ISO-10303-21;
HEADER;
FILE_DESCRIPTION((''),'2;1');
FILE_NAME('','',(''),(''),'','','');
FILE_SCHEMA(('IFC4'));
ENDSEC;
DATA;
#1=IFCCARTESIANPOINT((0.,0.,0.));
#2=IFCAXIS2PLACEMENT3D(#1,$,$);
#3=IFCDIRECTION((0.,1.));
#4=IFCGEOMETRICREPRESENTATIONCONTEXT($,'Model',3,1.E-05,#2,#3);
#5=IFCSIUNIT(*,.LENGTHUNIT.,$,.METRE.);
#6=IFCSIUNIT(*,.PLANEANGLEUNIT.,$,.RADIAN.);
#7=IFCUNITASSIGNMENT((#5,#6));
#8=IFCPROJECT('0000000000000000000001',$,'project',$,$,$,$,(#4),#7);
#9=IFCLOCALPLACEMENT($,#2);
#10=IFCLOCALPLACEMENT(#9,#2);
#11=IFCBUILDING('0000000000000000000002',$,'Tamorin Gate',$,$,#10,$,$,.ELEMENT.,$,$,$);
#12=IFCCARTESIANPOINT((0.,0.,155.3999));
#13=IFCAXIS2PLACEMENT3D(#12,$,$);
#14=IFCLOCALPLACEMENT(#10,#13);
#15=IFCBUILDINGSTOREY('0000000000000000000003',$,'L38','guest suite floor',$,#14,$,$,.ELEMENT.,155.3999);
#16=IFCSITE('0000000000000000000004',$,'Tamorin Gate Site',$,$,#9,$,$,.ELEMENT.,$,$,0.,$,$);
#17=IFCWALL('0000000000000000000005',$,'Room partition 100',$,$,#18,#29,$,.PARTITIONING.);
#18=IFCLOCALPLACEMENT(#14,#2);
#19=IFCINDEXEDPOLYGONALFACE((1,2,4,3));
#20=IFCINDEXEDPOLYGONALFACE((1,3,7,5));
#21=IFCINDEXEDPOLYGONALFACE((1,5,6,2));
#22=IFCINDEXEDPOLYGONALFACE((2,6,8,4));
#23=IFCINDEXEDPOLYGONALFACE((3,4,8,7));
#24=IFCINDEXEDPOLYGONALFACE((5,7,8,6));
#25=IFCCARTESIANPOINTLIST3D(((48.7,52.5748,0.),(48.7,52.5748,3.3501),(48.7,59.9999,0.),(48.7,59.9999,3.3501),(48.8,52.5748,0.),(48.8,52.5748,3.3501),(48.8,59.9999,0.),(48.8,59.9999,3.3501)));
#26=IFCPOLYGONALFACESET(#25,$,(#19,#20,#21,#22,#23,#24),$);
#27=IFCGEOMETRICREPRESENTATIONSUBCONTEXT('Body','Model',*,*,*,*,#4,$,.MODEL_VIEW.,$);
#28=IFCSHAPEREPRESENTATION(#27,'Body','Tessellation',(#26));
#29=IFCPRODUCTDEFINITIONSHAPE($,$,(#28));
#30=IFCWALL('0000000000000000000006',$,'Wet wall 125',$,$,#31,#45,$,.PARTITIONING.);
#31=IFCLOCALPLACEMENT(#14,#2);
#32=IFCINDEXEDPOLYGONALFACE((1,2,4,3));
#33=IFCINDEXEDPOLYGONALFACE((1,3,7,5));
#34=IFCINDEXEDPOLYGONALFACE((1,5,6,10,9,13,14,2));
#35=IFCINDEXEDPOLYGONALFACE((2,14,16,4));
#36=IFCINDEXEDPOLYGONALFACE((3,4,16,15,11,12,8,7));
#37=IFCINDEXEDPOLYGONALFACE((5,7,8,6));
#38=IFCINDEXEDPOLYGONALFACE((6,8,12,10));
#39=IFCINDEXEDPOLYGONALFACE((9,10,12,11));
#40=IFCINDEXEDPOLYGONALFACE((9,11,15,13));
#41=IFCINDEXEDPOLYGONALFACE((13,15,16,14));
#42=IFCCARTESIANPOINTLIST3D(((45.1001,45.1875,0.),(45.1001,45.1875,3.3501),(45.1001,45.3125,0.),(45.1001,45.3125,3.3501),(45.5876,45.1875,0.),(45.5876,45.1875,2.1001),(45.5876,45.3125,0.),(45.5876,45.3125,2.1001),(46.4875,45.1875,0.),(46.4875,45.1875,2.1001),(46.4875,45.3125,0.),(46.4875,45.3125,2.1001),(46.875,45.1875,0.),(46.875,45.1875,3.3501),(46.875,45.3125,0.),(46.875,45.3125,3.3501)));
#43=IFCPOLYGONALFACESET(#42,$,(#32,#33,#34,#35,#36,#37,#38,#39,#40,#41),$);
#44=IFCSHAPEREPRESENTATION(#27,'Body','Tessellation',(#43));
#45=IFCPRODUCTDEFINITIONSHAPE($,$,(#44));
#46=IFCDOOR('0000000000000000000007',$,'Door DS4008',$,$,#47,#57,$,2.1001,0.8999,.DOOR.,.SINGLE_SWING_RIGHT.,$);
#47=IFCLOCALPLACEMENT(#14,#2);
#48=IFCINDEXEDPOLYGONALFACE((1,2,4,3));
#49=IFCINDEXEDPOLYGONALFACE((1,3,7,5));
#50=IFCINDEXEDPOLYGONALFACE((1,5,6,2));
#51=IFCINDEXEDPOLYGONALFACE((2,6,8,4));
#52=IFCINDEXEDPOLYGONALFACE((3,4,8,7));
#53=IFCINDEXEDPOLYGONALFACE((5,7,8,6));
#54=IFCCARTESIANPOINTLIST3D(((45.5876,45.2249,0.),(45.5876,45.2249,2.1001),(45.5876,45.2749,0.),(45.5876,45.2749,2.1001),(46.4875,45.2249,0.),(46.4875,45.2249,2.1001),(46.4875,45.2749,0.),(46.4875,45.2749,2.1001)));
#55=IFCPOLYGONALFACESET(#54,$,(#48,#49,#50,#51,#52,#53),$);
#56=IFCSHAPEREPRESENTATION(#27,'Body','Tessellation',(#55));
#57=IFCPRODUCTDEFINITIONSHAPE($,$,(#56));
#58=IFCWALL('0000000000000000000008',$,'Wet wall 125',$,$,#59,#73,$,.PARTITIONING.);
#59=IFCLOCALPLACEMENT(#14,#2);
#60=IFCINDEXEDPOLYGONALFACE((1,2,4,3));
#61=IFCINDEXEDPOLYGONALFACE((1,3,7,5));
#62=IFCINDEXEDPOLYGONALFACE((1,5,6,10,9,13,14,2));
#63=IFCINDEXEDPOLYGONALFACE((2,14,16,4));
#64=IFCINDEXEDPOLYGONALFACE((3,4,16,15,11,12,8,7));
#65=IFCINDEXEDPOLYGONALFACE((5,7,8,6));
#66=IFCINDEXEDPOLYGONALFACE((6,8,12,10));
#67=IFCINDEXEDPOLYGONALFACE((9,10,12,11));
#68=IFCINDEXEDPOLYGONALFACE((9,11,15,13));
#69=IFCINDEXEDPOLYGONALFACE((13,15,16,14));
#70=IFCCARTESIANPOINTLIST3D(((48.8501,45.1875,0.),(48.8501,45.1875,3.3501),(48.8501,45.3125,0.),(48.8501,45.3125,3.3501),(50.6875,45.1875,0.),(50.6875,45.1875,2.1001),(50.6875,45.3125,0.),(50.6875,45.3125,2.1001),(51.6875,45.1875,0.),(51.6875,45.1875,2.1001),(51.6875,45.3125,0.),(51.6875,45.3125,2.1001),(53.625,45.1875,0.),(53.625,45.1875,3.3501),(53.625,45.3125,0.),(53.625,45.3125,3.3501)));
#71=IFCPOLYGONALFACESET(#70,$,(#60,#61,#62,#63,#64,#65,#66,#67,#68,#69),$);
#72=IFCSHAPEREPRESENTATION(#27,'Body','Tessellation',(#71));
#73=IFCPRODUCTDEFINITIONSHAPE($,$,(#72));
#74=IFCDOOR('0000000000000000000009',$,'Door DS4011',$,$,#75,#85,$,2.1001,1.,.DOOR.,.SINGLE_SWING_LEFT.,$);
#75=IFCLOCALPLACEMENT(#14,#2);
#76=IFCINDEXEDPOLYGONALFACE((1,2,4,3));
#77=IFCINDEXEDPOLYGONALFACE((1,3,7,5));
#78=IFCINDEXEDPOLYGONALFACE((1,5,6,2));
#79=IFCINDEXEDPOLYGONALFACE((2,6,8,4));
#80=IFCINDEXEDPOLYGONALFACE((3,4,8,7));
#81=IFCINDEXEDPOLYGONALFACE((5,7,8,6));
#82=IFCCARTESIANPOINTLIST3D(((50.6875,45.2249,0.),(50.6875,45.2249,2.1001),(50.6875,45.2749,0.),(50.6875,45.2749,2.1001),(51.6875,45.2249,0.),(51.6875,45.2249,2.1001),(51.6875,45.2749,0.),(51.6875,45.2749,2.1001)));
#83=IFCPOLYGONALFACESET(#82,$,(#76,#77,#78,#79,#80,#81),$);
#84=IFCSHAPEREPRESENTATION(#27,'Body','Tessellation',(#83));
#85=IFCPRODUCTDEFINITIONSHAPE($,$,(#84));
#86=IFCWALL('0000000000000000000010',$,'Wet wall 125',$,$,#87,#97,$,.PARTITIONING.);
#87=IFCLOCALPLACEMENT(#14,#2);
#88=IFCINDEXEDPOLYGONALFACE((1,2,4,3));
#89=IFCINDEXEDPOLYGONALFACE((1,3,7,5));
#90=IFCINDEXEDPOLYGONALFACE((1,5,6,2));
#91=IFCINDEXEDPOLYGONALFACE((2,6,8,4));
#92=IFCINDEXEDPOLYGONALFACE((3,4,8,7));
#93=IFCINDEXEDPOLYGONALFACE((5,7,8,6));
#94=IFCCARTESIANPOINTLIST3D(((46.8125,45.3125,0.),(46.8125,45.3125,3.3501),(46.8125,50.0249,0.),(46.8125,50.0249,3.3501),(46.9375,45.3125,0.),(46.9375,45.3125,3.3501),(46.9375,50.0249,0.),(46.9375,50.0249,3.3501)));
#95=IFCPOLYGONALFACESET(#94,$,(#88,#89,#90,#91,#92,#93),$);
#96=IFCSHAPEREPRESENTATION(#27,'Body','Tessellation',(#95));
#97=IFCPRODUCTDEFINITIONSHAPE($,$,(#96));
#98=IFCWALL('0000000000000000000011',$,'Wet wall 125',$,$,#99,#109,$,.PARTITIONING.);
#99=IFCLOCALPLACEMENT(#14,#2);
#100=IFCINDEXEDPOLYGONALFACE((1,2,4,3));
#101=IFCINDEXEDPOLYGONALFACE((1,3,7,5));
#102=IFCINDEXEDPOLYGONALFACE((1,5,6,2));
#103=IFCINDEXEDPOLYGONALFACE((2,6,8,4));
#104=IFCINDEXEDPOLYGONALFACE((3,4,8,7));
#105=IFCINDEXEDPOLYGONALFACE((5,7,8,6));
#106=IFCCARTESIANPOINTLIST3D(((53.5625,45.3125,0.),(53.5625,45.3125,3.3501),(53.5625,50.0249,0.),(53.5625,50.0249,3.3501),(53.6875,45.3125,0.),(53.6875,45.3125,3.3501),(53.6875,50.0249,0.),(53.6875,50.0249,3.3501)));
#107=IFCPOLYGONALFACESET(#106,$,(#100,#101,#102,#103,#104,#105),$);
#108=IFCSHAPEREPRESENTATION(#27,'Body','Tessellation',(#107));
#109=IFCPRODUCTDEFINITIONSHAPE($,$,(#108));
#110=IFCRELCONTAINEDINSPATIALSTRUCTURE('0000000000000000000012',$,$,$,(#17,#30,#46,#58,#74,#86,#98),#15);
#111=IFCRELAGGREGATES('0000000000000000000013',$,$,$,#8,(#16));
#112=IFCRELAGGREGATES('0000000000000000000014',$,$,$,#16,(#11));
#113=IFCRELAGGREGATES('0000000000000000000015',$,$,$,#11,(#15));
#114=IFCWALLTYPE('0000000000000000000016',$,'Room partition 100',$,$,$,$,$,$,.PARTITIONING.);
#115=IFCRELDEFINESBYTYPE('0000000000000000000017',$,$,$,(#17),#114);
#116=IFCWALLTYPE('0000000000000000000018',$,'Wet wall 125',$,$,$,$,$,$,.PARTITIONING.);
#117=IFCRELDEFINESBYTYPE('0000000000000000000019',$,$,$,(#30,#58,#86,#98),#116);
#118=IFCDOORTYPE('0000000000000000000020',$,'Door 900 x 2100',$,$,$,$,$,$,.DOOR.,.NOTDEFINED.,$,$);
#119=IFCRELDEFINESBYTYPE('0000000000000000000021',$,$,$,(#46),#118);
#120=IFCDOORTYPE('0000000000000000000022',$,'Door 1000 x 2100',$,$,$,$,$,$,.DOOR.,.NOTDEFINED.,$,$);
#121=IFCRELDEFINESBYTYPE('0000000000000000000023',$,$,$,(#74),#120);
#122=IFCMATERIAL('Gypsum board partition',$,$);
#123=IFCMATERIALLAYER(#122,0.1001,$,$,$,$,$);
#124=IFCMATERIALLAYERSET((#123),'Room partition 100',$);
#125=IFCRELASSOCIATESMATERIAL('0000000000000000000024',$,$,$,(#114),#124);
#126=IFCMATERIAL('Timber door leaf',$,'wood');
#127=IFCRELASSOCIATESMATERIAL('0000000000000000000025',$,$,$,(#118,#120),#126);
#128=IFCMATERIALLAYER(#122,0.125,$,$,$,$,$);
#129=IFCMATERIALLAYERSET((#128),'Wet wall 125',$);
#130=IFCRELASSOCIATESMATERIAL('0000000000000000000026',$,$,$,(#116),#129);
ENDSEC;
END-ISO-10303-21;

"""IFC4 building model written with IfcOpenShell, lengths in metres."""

from ifc_helpers import new_model, si_unit, direction, frame, frame_2d, origin, place, context, subcontext, project, spatial, rectangle, extrude, material, layer, layer_set, type_object, element, fill, save


model = new_model("IFC4")

# Units and contexts
model_context = context("Model", 3, precision=1e-05, world=origin(), true_north=direction((0.0, 1.0)))
body_context = subcontext(model_context, "Body", "Model", "MODEL_VIEW")
ifc_project = project(units=[si_unit("LENGTHUNIT", "METRE"), si_unit("PLANEANGLEUNIT", "RADIAN")], contexts=[model_context])

# Site, building, storey
site_placement = place(None, origin())
site = spatial("IfcSite", under=ifc_project, at=site_placement, Name="Tamorin Gate Site", CompositionType="ELEMENT", RefElevation=0.0)
building_placement = place(site_placement, origin())
building = spatial("IfcBuilding", under=site, at=building_placement, Name="Tamorin Gate", CompositionType="ELEMENT")
storey_placement = place(building_placement, frame((0.0, 0.0, 155.3999)))
storey = spatial("IfcBuildingStorey", under=building, at=storey_placement, Name="L38", Description="guest suite floor", CompositionType="ELEMENT", Elevation=155.3999)

# Shared definitions
ifc_material_1 = material(Name="Gypsum board partition")

# Shared definitions
ifc_layer_1 = layer(ifc_material_1, 0.1001)
ifc_layer_set_1 = layer_set([ifc_layer_1], Name="Room partition 100")
wall_type_1 = type_object("IfcWallType", Name="Room partition 100", PredefinedType="PARTITIONING", material=ifc_layer_set_1)
ifc_material_2 = material(Name="Timber door leaf", Category="wood")
door_type_1 = type_object("IfcDoorType", Name="Door 900 x 2100", OperationType="NOTDEFINED", PredefinedType="DOOR", material=ifc_material_2)

# Wall
for number, where, z_axis, x_axis, name in (
    (1, (48.75, 52.575, 0.0), (0.0, 0.0, 1.0), (0.0, 1.0, 0.0), "Room partition 100"),
):
    element("IfcWall", number, at=place(storey_placement, frame(where, z_axis=z_axis, x_axis=x_axis)), inside=storey, type_object=wall_type_1, Name=name, PredefinedType="PARTITIONING", context=body_context, shape_type="SweptSolid", body=[
        extrude(rectangle(XDim=7.425, YDim=0.1001, at=frame_2d((3.7124, 0.0))), origin(), (0.0, 0.0, 1.0), 3.3501),
    ])

# Walls, openings, doors
ifc_layer_2 = layer(ifc_material_1, 0.125)
ifc_layer_set_2 = layer_set([ifc_layer_2], Name="Wet wall 125")
wall_type_2 = type_object("IfcWallType", Name="Wet wall 125", PredefinedType="PARTITIONING", material=ifc_layer_set_2)
wall_1_placement = place(storey_placement, frame((45.1001, 45.25, 0.0), z_axis=(0.0, 0.0, 1.0), x_axis=(1.0, 0.0, 0.0)))
wall_1 = element("IfcWall", 2, at=wall_1_placement, inside=storey, type_object=wall_type_2, Name="Wet wall 125", PredefinedType="PARTITIONING", context=body_context, shape_type="SweptSolid", body=[
    extrude(rectangle(XDim=1.7749, YDim=0.125, at=frame_2d((0.8875, 0.0))), origin(), (0.0, 0.0, 1.0), 3.3501),
])
opening_1_placement = place(wall_1_placement, frame((0.4875, 0.0, 0.0)))
opening_1 = element("IfcOpeningElement", 3, at=opening_1_placement, cuts=wall_1, PredefinedType="OPENING", context=body_context, shape_type="SweptSolid", body=[
    extrude(rectangle(XDim=0.8999, YDim=2.1001, at=frame_2d((0.45, 1.05))), frame((0.0, 0.0725, 0.0), z_axis=(0.0, -1.0, 0.0), x_axis=(1.0, 0.0, 0.0)), (0.0, 0.0, 1.0), 0.145),
])
door_1_placement = place(opening_1_placement, origin())
door_1 = element("IfcDoor", 4, at=door_1_placement, inside=storey, type_object=door_type_1, Name="Door DS4008", OperationType="SINGLE_SWING_RIGHT", OverallHeight=2.1001, OverallWidth=0.8999, PredefinedType="DOOR", context=body_context, shape_type="SweptSolid", body=[
    extrude(rectangle(XDim=0.8999, YDim=2.1001, at=frame_2d((0.45, 1.05))), frame((0.0, 0.0249, 0.0), z_axis=(0.0, -1.0, 0.0), x_axis=(1.0, 0.0, 0.0)), (0.0, 0.0, 1.0), 0.05),
])
fill(opening_1, door_1)
wall_2_placement = place(storey_placement, frame((48.8501, 45.25, 0.0), z_axis=(0.0, 0.0, 1.0), x_axis=(1.0, 0.0, 0.0)))
wall_2 = element("IfcWall", 5, at=wall_2_placement, inside=storey, type_object=wall_type_2, Name="Wet wall 125", PredefinedType="PARTITIONING", context=body_context, shape_type="SweptSolid", body=[
    extrude(rectangle(XDim=4.7749, YDim=0.125, at=frame_2d((2.3875, 0.0))), origin(), (0.0, 0.0, 1.0), 3.3501),
])
opening_2_placement = place(wall_2_placement, frame((1.8374, 0.0, 0.0)))
opening_2 = element("IfcOpeningElement", 6, at=opening_2_placement, cuts=wall_2, PredefinedType="OPENING", context=body_context, shape_type="SweptSolid", body=[
    extrude(rectangle(XDim=1.0, YDim=2.1001, at=frame_2d((0.5, 1.05))), frame((0.0, 0.0725, 0.0), z_axis=(0.0, -1.0, 0.0), x_axis=(1.0, 0.0, 0.0)), (0.0, 0.0, 1.0), 0.145),
])
door_type_2 = type_object("IfcDoorType", Name="Door 1000 x 2100", OperationType="NOTDEFINED", PredefinedType="DOOR", material=ifc_material_2)
door_2_placement = place(opening_2_placement, origin())
door_2 = element("IfcDoor", 7, at=door_2_placement, inside=storey, type_object=door_type_2, Name="Door DS4011", OperationType="SINGLE_SWING_LEFT", OverallHeight=2.1001, OverallWidth=1.0, PredefinedType="DOOR", context=body_context, shape_type="SweptSolid", body=[
    extrude(rectangle(XDim=1.0, YDim=2.1001, at=frame_2d((0.5, 1.05))), frame((0.0, 0.0249, 0.0), z_axis=(0.0, -1.0, 0.0), x_axis=(1.0, 0.0, 0.0)), (0.0, 0.0, 1.0), 0.05),
])
fill(opening_2, door_2)

# Walls
for number, where, z_axis, x_axis, name in (
    (8, (46.875, 45.3125, 0.0), (0.0, 0.0, 1.0), (0.0, 1.0, 0.0), "Wet wall 125"),
    (9, (53.625, 45.3125, 0.0), (0.0, 0.0, 1.0), (0.0, 1.0, 0.0), "Wet wall 125"),
):
    element("IfcWall", number, at=place(storey_placement, frame(where, z_axis=z_axis, x_axis=x_axis)), inside=storey, type_object=wall_type_2, Name=name, PredefinedType="PARTITIONING", context=body_context, shape_type="SweptSolid", body=[
        extrude(rectangle(XDim=4.7124, YDim=0.125, at=frame_2d((2.3562, 0.0))), origin(), (0.0, 0.0, 1.0), 3.3501),
    ])

save(model, "model.ifc")
